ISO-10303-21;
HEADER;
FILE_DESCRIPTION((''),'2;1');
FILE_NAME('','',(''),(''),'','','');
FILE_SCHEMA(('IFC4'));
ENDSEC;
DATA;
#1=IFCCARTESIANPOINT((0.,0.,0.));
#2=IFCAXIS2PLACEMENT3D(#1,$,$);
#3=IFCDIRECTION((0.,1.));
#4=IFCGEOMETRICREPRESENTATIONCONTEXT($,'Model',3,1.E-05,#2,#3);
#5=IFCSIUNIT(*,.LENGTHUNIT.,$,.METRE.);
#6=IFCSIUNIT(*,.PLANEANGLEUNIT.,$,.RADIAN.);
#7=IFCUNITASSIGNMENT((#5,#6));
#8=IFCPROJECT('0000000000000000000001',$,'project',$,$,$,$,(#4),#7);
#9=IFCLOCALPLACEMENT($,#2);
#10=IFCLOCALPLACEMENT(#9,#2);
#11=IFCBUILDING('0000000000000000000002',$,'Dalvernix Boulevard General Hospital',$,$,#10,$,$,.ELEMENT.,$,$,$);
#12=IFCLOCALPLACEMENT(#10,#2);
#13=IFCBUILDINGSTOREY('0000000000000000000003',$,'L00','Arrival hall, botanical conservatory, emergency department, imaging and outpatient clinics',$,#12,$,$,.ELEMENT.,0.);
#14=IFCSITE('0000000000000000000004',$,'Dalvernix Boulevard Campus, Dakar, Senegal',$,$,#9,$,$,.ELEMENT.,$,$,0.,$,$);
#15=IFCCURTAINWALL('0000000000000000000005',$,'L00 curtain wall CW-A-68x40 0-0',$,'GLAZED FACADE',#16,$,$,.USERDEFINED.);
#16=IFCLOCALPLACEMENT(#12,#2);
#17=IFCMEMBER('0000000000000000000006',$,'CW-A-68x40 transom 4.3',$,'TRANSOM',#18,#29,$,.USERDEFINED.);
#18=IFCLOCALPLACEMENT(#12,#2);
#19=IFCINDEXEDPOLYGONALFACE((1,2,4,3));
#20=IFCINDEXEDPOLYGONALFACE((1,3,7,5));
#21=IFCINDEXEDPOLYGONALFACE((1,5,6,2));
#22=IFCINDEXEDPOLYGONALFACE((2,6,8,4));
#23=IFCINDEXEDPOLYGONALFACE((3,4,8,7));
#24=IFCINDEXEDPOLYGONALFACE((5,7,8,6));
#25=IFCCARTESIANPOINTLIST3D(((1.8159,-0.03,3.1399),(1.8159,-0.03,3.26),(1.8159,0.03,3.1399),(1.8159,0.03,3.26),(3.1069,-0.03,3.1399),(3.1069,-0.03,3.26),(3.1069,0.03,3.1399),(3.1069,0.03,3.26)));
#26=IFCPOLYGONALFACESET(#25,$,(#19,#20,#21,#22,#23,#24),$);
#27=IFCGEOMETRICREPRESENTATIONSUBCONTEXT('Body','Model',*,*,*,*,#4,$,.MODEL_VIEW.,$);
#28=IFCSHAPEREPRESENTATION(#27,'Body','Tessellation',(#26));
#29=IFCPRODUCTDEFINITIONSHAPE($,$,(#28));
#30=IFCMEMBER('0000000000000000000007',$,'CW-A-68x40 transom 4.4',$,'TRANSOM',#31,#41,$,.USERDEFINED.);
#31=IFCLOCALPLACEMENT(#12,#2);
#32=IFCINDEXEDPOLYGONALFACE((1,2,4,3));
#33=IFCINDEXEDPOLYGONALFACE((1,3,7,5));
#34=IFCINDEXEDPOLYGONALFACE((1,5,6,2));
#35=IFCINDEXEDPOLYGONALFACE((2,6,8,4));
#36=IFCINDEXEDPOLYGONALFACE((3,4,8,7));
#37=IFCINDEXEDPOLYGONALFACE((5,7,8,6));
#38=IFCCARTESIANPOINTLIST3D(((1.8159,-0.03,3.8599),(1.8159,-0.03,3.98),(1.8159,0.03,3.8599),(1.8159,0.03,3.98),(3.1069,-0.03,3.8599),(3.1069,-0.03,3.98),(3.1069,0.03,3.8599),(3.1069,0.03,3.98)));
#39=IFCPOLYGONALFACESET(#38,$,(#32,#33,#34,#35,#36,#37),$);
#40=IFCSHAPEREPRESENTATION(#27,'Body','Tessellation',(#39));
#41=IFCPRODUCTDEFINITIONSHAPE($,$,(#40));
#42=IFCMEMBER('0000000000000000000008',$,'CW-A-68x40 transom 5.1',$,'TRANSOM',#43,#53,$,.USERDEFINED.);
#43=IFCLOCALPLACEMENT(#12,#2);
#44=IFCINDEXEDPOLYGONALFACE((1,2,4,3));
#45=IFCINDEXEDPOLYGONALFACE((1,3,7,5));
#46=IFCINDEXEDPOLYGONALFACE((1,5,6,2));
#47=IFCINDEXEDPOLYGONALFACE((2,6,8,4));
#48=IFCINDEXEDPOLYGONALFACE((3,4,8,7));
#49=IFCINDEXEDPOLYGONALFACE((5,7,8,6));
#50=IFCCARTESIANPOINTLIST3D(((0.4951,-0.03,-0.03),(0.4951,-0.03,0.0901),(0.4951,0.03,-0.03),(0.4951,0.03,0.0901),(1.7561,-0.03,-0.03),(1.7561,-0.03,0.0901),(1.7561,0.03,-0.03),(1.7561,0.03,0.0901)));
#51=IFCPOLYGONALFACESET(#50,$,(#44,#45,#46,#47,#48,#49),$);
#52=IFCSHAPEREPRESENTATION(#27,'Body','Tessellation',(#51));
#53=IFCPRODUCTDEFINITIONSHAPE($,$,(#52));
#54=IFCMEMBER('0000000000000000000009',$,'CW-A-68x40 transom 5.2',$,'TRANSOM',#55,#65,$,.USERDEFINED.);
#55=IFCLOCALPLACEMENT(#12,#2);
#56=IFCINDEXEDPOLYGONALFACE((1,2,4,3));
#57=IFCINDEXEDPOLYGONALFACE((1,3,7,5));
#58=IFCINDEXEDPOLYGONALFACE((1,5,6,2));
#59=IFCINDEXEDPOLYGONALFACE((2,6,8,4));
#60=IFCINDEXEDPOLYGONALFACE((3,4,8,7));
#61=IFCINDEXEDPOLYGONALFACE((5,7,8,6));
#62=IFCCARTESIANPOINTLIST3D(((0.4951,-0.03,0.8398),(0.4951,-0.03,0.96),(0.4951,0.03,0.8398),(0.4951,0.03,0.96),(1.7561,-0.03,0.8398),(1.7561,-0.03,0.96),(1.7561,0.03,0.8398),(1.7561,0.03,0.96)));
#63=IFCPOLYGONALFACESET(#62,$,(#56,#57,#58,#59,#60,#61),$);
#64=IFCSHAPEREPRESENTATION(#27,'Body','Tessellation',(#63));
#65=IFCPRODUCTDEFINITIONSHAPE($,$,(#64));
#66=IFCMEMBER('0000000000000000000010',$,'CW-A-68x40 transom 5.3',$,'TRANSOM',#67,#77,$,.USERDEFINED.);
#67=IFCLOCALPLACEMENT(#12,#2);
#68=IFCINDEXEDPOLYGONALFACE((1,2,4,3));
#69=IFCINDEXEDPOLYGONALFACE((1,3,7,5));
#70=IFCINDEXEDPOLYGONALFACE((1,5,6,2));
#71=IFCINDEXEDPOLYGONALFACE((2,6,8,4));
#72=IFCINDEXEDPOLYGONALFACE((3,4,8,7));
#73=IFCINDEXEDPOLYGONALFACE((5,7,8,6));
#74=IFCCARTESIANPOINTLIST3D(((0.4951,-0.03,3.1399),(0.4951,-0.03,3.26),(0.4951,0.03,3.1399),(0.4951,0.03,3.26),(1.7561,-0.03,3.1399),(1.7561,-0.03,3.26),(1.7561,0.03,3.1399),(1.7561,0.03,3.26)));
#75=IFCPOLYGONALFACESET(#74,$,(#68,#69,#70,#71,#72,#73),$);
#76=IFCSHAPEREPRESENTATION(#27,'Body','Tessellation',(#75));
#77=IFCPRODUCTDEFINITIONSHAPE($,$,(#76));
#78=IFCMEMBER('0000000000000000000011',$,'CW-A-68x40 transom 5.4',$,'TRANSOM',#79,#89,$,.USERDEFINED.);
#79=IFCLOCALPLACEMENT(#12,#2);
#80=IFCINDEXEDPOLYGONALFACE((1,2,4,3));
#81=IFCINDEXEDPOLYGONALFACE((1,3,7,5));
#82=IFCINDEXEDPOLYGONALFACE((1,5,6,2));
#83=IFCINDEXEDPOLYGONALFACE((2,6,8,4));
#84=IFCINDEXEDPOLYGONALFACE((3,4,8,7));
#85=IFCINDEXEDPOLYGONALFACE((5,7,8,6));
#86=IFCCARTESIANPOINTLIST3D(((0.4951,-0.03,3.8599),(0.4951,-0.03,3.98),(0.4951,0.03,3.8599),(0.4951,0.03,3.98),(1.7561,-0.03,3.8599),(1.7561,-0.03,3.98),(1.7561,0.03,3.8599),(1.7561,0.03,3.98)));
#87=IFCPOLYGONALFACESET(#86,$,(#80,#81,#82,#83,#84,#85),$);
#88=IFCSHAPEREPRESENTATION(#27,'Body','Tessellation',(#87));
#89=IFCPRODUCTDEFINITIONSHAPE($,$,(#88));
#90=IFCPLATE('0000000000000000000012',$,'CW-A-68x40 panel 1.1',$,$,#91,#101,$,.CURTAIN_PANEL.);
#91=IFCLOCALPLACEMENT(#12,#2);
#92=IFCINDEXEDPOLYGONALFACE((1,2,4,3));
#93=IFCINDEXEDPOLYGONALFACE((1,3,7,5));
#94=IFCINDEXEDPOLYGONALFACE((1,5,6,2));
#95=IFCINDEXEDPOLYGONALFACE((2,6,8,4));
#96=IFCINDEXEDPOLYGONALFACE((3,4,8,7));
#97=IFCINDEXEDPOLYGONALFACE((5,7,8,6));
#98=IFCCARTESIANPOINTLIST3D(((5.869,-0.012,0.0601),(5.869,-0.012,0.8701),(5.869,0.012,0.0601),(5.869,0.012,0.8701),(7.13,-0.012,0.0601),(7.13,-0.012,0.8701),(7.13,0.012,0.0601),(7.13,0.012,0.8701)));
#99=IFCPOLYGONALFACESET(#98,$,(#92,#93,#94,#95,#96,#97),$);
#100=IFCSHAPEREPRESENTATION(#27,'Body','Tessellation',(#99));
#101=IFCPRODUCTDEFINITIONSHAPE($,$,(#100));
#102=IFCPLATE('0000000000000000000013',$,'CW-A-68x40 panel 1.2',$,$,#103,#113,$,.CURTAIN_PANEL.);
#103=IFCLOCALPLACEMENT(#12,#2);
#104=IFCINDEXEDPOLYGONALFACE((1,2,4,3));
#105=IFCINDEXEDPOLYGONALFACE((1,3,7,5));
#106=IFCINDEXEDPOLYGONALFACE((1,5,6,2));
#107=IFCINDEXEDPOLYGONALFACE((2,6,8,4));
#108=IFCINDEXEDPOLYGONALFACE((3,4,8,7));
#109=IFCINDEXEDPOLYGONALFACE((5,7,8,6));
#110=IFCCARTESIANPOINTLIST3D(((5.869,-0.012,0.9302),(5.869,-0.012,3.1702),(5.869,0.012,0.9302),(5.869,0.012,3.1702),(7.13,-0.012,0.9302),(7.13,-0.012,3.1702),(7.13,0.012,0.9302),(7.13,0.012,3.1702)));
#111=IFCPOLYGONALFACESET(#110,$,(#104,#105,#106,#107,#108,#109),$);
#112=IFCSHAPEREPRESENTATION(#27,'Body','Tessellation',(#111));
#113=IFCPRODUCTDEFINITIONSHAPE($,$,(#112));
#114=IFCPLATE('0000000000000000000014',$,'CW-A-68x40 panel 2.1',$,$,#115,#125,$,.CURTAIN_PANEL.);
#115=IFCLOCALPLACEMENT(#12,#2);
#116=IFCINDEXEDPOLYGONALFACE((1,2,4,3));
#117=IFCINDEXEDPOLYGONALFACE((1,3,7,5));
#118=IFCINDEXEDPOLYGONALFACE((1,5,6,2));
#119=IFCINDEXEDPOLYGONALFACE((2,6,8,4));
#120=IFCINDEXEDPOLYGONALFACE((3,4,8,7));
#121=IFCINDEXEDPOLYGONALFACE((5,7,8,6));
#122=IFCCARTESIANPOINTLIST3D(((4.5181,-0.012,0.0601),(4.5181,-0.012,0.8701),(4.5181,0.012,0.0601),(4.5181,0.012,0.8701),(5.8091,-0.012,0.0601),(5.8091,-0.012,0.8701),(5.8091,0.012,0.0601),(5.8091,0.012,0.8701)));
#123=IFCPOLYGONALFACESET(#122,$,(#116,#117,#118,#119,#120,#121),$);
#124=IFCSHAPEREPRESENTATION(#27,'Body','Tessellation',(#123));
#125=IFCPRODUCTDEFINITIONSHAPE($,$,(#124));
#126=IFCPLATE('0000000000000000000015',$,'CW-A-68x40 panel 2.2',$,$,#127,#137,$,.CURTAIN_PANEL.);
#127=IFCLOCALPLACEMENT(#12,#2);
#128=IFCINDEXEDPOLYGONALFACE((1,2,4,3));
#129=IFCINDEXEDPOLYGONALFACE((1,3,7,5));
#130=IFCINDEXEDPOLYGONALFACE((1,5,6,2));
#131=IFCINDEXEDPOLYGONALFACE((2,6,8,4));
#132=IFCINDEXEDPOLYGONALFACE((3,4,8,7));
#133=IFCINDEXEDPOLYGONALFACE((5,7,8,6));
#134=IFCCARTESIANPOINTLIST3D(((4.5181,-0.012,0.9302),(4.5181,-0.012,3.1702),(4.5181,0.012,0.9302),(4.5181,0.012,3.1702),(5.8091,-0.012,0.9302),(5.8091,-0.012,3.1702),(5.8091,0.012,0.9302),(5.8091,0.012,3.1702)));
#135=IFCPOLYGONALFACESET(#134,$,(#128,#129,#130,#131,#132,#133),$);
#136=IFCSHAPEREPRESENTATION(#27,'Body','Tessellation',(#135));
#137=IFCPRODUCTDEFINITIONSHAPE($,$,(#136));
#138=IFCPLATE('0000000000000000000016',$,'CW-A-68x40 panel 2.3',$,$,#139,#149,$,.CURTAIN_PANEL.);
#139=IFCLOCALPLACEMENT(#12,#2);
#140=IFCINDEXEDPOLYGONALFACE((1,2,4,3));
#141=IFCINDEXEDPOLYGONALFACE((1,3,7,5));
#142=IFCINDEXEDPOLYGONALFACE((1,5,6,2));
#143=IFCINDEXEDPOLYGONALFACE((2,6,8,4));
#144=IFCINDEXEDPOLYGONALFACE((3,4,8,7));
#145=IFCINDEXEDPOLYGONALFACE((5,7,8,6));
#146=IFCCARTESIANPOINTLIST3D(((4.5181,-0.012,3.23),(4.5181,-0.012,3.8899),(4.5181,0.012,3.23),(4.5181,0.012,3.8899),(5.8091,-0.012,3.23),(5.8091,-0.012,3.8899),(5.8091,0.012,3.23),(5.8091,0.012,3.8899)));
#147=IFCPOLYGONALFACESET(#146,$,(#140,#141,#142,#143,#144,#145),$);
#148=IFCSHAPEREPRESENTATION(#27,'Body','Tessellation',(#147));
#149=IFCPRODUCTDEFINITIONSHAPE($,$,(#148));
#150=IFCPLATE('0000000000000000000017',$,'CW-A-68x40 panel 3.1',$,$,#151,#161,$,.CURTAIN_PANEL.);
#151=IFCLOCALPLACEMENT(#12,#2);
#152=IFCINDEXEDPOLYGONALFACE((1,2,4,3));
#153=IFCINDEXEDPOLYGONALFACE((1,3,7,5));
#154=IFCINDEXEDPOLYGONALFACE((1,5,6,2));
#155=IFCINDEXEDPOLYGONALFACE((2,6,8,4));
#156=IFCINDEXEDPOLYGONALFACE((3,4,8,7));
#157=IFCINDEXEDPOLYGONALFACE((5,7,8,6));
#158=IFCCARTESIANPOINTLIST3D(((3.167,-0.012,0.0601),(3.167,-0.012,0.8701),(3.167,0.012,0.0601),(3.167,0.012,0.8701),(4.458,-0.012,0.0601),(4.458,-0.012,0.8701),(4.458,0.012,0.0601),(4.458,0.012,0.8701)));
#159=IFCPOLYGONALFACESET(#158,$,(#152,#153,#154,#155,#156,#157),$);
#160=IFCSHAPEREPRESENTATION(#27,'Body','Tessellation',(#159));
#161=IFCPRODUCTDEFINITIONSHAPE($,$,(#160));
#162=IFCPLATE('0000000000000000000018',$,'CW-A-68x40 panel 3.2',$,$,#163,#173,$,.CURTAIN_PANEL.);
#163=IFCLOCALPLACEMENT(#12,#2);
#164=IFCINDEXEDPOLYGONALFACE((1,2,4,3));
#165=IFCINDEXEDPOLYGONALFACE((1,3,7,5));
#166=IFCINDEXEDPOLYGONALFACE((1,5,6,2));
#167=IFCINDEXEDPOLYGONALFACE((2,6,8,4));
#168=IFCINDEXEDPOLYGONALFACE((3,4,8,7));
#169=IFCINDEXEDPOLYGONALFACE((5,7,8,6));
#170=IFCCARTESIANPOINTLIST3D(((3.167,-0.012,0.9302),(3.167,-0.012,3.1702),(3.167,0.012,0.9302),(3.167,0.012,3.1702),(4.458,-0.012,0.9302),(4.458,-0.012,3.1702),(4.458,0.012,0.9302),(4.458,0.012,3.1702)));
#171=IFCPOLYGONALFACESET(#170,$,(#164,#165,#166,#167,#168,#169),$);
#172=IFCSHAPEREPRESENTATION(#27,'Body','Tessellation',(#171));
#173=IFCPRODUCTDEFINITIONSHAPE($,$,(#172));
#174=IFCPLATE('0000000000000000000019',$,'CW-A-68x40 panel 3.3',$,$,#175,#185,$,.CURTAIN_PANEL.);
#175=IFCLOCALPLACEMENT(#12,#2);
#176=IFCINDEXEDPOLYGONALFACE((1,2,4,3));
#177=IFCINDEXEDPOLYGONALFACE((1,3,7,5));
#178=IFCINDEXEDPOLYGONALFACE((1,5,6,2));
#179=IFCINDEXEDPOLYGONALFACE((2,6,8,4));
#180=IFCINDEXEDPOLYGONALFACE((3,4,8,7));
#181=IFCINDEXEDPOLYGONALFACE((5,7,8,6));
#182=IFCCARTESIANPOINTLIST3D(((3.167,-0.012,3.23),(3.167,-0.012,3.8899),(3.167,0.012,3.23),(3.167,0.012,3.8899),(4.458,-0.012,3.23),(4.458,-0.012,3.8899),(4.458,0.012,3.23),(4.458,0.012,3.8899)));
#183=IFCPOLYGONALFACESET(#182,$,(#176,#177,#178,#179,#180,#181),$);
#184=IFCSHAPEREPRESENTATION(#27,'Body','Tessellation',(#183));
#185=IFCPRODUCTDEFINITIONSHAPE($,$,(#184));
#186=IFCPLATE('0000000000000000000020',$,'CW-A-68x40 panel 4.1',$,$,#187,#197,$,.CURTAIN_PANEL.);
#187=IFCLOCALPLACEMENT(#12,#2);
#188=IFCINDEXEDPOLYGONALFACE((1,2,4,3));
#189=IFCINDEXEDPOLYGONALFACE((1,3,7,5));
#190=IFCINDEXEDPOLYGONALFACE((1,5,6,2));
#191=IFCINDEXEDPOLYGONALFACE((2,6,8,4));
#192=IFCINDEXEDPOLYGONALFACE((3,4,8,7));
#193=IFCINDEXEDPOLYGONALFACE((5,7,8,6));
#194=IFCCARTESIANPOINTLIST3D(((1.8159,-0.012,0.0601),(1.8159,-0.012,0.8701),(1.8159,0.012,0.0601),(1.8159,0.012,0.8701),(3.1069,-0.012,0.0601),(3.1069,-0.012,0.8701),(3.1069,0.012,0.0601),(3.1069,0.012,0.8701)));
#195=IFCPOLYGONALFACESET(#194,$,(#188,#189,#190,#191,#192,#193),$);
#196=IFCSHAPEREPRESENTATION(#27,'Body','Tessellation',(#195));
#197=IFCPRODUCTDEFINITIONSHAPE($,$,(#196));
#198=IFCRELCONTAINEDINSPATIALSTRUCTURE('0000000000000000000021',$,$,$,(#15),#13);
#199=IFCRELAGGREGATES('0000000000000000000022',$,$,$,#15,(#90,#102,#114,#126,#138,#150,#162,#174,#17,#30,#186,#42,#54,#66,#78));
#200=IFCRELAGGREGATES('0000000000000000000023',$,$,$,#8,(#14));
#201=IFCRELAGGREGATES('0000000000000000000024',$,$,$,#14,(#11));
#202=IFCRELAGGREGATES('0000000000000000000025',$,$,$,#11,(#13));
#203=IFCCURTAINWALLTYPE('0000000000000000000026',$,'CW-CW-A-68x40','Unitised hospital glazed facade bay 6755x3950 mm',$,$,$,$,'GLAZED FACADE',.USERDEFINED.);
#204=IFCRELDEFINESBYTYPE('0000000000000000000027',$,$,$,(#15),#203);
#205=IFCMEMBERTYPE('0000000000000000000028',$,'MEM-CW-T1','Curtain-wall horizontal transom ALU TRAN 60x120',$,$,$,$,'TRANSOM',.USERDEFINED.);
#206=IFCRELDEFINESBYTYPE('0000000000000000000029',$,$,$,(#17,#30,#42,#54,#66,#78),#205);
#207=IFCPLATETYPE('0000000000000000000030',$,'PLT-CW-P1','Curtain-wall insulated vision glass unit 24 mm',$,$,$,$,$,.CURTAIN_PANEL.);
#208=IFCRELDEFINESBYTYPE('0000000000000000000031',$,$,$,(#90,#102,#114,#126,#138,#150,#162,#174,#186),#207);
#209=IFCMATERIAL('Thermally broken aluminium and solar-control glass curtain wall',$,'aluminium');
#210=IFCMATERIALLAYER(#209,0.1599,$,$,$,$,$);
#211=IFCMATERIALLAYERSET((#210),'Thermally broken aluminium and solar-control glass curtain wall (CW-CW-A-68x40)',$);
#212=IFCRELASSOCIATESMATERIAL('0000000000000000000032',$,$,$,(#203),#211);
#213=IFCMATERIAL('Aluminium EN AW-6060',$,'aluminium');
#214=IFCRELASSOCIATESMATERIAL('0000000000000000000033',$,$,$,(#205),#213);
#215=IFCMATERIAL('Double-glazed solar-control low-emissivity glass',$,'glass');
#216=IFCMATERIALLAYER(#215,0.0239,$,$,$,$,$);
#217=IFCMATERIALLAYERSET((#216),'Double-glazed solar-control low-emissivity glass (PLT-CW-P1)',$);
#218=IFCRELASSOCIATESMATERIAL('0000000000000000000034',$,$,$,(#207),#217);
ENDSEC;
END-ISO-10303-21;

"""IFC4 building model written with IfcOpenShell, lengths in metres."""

from ifc_helpers import new_model, si_unit, direction, frame, origin, origin_2d, place, context, subcontext, project, spatial, rectangle, extrude, material, layer, layer_set, material_profile, profile_set, type_object, element, aggregate, save


model = new_model("IFC4")

# Units and contexts
model_context = context("Model", 3, precision=1e-05, world=origin(), true_north=direction((0.0, 1.0)))
body_context = subcontext(model_context, "Body", "Model", "MODEL_VIEW")
ifc_project = project(units=[si_unit("LENGTHUNIT", "METRE"), si_unit("PLANEANGLEUNIT", "RADIAN")], contexts=[model_context])

# Site, building, storey
site_placement = place(None, origin())
site = spatial("IfcSite", under=ifc_project, at=site_placement, Name="Dalvernix Boulevard Campus, Dakar, Senegal", CompositionType="ELEMENT", RefElevation=0.0)
building_placement = place(site_placement, origin())
building = spatial("IfcBuilding", under=site, at=building_placement, Name="Dalvernix Boulevard General Hospital", CompositionType="ELEMENT")
storey_placement = place(building_placement, origin())
storey = spatial("IfcBuildingStorey", under=building, at=storey_placement, Name="L00", Description="Arrival hall, botanical conservatory, emergency department, imaging and outpatient clinics", CompositionType="ELEMENT", Elevation=0.0)

# Curtain wall, members, plates
ifc_material_1 = material(Name="Thermally broken aluminium and solar-control glass curtain wall", Category="aluminium")
ifc_layer_1 = layer(ifc_material_1, 0.1599)
ifc_layer_set_1 = layer_set([ifc_layer_1], Name="Thermally broken aluminium and solar-control glass curtain wall (CW-CW-A-68x40)")
curtain_wall_type = type_object("IfcCurtainWallType", Name="CW-CW-A-68x40", Description="Unitised hospital glazed facade bay 6755x3950 mm", ElementType="GLAZED FACADE", PredefinedType="USERDEFINED", material=ifc_layer_set_1)
curtain_wall_placement = place(storey_placement, origin())
curtain_wall = element("IfcCurtainWall", 1, at=curtain_wall_placement, inside=storey, type_object=curtain_wall_type, Name="L00 curtain wall CW-A-68x40 0-0", ObjectType="GLAZED FACADE", PredefinedType="USERDEFINED")
ifc_material_2 = material(Name="Aluminium EN AW-6060", Category="aluminium")
ifc_material_profile_1 = material_profile(ifc_material_2, rectangle(XDim=0.0601, YDim=0.1201, at=origin_2d()), Name="ALU TRAN 60x120")
ifc_profile_set_1 = profile_set([ifc_material_profile_1], Name="Aluminium EN AW-6060")
member_type_1 = type_object("IfcMemberType", Name="MEM-CW-T1", Description="Curtain-wall horizontal transom ALU TRAN 60x120", ElementType="TRANSOM", PredefinedType="USERDEFINED", material=ifc_profile_set_1)
member_1_placement = place(storey_placement, frame((3.1069, 0.0, 3.2), z_axis=(-1.0, 0.0, 0.0), x_axis=(0.0, -1.0, 0.0)))
member_1 = element("IfcMember", 2, at=member_1_placement, type_object=member_type_1, Name="CW-A-68x40 transom 4.3", ObjectType="TRANSOM", PredefinedType="USERDEFINED", context=body_context, shape_type="SweptSolid", body=[
    extrude(rectangle(XDim=0.0601, YDim=0.1201, at=origin_2d()), origin(), (0.0, 0.0, 1.0), 1.291),
])
member_2_placement = place(storey_placement, frame((3.1069, 0.0, 3.9199), z_axis=(-1.0, 0.0, 0.0), x_axis=(0.0, -1.0, 0.0)))
member_2 = element("IfcMember", 3, at=member_2_placement, type_object=member_type_1, Name="CW-A-68x40 transom 4.4", ObjectType="TRANSOM", PredefinedType="USERDEFINED", context=body_context, shape_type="SweptSolid", body=[
    extrude(rectangle(XDim=0.0601, YDim=0.1201, at=origin_2d()), origin(), (0.0, 0.0, 1.0), 1.291),
])
member_3_placement = place(storey_placement, frame((1.7561, 0.0, 0.03), z_axis=(-1.0, 0.0, 0.0), x_axis=(0.0, -1.0, 0.0)))
member_3 = element("IfcMember", 4, at=member_3_placement, type_object=member_type_1, Name="CW-A-68x40 transom 5.1", ObjectType="TRANSOM", PredefinedType="USERDEFINED", context=body_context, shape_type="SweptSolid", body=[
    extrude(rectangle(XDim=0.0601, YDim=0.1201, at=origin_2d()), origin(), (0.0, 0.0, 1.0), 1.261),
])
member_4_placement = place(storey_placement, frame((1.7561, 0.0, 0.8999), z_axis=(-1.0, 0.0, 0.0), x_axis=(0.0, -1.0, 0.0)))
member_4 = element("IfcMember", 5, at=member_4_placement, type_object=member_type_1, Name="CW-A-68x40 transom 5.2", ObjectType="TRANSOM", PredefinedType="USERDEFINED", context=body_context, shape_type="SweptSolid", body=[
    extrude(rectangle(XDim=0.0601, YDim=0.1201, at=origin_2d()), origin(), (0.0, 0.0, 1.0), 1.261),
])
member_5_placement = place(storey_placement, frame((1.7561, 0.0, 3.2), z_axis=(-1.0, 0.0, 0.0), x_axis=(0.0, -1.0, 0.0)))
member_5 = element("IfcMember", 6, at=member_5_placement, type_object=member_type_1, Name="CW-A-68x40 transom 5.3", ObjectType="TRANSOM", PredefinedType="USERDEFINED", context=body_context, shape_type="SweptSolid", body=[
    extrude(rectangle(XDim=0.0601, YDim=0.1201, at=origin_2d()), origin(), (0.0, 0.0, 1.0), 1.261),
])
member_6_placement = place(storey_placement, frame((1.7561, 0.0, 3.9199), z_axis=(-1.0, 0.0, 0.0), x_axis=(0.0, -1.0, 0.0)))
member_6 = element("IfcMember", 7, at=member_6_placement, type_object=member_type_1, Name="CW-A-68x40 transom 5.4", ObjectType="TRANSOM", PredefinedType="USERDEFINED", context=body_context, shape_type="SweptSolid", body=[
    extrude(rectangle(XDim=0.0601, YDim=0.1201, at=origin_2d()), origin(), (0.0, 0.0, 1.0), 1.261),
])
ifc_material_3 = material(Name="Double-glazed solar-control low-emissivity glass", Category="glass")
ifc_layer_2 = layer(ifc_material_3, 0.0239)
ifc_layer_set_2 = layer_set([ifc_layer_2], Name="Double-glazed solar-control low-emissivity glass (PLT-CW-P1)")
plate_type = type_object("IfcPlateType", Name="PLT-CW-P1", Description="Curtain-wall insulated vision glass unit 24 mm", PredefinedType="CURTAIN_PANEL", material=ifc_layer_set_2)
plate_1_placement = place(storey_placement, frame((6.4995, 0.0, 0.0601), z_axis=(0.0, 0.0, 1.0), x_axis=(-1.0, 0.0, 0.0)))
plate_1 = element("IfcPlate", 8, at=plate_1_placement, type_object=plate_type, Name="CW-A-68x40 panel 1.1", PredefinedType="CURTAIN_PANEL", context=body_context, shape_type="SweptSolid", body=[
    extrude(rectangle(XDim=1.261, YDim=0.0239, at=origin_2d()), origin(), (0.0, 0.0, 1.0), 0.8101),
])
plate_2_placement = place(storey_placement, frame((6.4995, 0.0, 0.9302), z_axis=(0.0, 0.0, 1.0), x_axis=(-1.0, 0.0, 0.0)))
plate_2 = element("IfcPlate", 9, at=plate_2_placement, type_object=plate_type, Name="CW-A-68x40 panel 1.2", PredefinedType="CURTAIN_PANEL", context=body_context, shape_type="SweptSolid", body=[
    extrude(rectangle(XDim=1.261, YDim=0.0239, at=origin_2d()), origin(), (0.0, 0.0, 1.0), 2.24),
])
plate_3_placement = place(storey_placement, frame((5.1636, 0.0, 0.0601), z_axis=(0.0, 0.0, 1.0), x_axis=(-1.0, 0.0, 0.0)))
plate_3 = element("IfcPlate", 10, at=plate_3_placement, type_object=plate_type, Name="CW-A-68x40 panel 2.1", PredefinedType="CURTAIN_PANEL", context=body_context, shape_type="SweptSolid", body=[
    extrude(rectangle(XDim=1.291, YDim=0.0239, at=origin_2d()), origin(), (0.0, 0.0, 1.0), 0.8101),
])
plate_4_placement = place(storey_placement, frame((5.1636, 0.0, 0.9302), z_axis=(0.0, 0.0, 1.0), x_axis=(-1.0, 0.0, 0.0)))
plate_4 = element("IfcPlate", 11, at=plate_4_placement, type_object=plate_type, Name="CW-A-68x40 panel 2.2", PredefinedType="CURTAIN_PANEL", context=body_context, shape_type="SweptSolid", body=[
    extrude(rectangle(XDim=1.291, YDim=0.0239, at=origin_2d()), origin(), (0.0, 0.0, 1.0), 2.24),
])
plate_5_placement = place(storey_placement, frame((5.1636, 0.0, 3.23), z_axis=(0.0, 0.0, 1.0), x_axis=(-1.0, 0.0, 0.0)))
plate_5 = element("IfcPlate", 12, at=plate_5_placement, type_object=plate_type, Name="CW-A-68x40 panel 2.3", PredefinedType="CURTAIN_PANEL", context=body_context, shape_type="SweptSolid", body=[
    extrude(rectangle(XDim=1.291, YDim=0.0239, at=origin_2d()), origin(), (0.0, 0.0, 1.0), 0.6599),
])
plate_6_placement = place(storey_placement, frame((3.8125, 0.0, 0.0601), z_axis=(0.0, 0.0, 1.0), x_axis=(-1.0, 0.0, 0.0)))
plate_6 = element("IfcPlate", 13, at=plate_6_placement, type_object=plate_type, Name="CW-A-68x40 panel 3.1", PredefinedType="CURTAIN_PANEL", context=body_context, shape_type="SweptSolid", body=[
    extrude(rectangle(XDim=1.291, YDim=0.0239, at=origin_2d()), origin(), (0.0, 0.0, 1.0), 0.8101),
])
plate_7_placement = place(storey_placement, frame((3.8125, 0.0, 0.9302), z_axis=(0.0, 0.0, 1.0), x_axis=(-1.0, 0.0, 0.0)))
plate_7 = element("IfcPlate", 14, at=plate_7_placement, type_object=plate_type, Name="CW-A-68x40 panel 3.2", PredefinedType="CURTAIN_PANEL", context=body_context, shape_type="SweptSolid", body=[
    extrude(rectangle(XDim=1.291, YDim=0.0239, at=origin_2d()), origin(), (0.0, 0.0, 1.0), 2.24),
])
plate_8_placement = place(storey_placement, frame((3.8125, 0.0, 3.23), z_axis=(0.0, 0.0, 1.0), x_axis=(-1.0, 0.0, 0.0)))
plate_8 = element("IfcPlate", 15, at=plate_8_placement, type_object=plate_type, Name="CW-A-68x40 panel 3.3", PredefinedType="CURTAIN_PANEL", context=body_context, shape_type="SweptSolid", body=[
    extrude(rectangle(XDim=1.291, YDim=0.0239, at=origin_2d()), origin(), (0.0, 0.0, 1.0), 0.6599),
])
plate_9_placement = place(storey_placement, frame((2.4614, 0.0, 0.0601), z_axis=(0.0, 0.0, 1.0), x_axis=(-1.0, 0.0, 0.0)))
plate_9 = element("IfcPlate", 16, at=plate_9_placement, type_object=plate_type, Name="CW-A-68x40 panel 4.1", PredefinedType="CURTAIN_PANEL", context=body_context, shape_type="SweptSolid", body=[
    extrude(rectangle(XDim=1.291, YDim=0.0239, at=origin_2d()), origin(), (0.0, 0.0, 1.0), 0.8101),
])
aggregate(curtain_wall, [plate_1, plate_2, plate_3, plate_4, plate_5, plate_6, plate_7, plate_8, member_1, member_2, plate_9, member_3, member_4, member_5, member_6])

save(model, "model.ifc")
